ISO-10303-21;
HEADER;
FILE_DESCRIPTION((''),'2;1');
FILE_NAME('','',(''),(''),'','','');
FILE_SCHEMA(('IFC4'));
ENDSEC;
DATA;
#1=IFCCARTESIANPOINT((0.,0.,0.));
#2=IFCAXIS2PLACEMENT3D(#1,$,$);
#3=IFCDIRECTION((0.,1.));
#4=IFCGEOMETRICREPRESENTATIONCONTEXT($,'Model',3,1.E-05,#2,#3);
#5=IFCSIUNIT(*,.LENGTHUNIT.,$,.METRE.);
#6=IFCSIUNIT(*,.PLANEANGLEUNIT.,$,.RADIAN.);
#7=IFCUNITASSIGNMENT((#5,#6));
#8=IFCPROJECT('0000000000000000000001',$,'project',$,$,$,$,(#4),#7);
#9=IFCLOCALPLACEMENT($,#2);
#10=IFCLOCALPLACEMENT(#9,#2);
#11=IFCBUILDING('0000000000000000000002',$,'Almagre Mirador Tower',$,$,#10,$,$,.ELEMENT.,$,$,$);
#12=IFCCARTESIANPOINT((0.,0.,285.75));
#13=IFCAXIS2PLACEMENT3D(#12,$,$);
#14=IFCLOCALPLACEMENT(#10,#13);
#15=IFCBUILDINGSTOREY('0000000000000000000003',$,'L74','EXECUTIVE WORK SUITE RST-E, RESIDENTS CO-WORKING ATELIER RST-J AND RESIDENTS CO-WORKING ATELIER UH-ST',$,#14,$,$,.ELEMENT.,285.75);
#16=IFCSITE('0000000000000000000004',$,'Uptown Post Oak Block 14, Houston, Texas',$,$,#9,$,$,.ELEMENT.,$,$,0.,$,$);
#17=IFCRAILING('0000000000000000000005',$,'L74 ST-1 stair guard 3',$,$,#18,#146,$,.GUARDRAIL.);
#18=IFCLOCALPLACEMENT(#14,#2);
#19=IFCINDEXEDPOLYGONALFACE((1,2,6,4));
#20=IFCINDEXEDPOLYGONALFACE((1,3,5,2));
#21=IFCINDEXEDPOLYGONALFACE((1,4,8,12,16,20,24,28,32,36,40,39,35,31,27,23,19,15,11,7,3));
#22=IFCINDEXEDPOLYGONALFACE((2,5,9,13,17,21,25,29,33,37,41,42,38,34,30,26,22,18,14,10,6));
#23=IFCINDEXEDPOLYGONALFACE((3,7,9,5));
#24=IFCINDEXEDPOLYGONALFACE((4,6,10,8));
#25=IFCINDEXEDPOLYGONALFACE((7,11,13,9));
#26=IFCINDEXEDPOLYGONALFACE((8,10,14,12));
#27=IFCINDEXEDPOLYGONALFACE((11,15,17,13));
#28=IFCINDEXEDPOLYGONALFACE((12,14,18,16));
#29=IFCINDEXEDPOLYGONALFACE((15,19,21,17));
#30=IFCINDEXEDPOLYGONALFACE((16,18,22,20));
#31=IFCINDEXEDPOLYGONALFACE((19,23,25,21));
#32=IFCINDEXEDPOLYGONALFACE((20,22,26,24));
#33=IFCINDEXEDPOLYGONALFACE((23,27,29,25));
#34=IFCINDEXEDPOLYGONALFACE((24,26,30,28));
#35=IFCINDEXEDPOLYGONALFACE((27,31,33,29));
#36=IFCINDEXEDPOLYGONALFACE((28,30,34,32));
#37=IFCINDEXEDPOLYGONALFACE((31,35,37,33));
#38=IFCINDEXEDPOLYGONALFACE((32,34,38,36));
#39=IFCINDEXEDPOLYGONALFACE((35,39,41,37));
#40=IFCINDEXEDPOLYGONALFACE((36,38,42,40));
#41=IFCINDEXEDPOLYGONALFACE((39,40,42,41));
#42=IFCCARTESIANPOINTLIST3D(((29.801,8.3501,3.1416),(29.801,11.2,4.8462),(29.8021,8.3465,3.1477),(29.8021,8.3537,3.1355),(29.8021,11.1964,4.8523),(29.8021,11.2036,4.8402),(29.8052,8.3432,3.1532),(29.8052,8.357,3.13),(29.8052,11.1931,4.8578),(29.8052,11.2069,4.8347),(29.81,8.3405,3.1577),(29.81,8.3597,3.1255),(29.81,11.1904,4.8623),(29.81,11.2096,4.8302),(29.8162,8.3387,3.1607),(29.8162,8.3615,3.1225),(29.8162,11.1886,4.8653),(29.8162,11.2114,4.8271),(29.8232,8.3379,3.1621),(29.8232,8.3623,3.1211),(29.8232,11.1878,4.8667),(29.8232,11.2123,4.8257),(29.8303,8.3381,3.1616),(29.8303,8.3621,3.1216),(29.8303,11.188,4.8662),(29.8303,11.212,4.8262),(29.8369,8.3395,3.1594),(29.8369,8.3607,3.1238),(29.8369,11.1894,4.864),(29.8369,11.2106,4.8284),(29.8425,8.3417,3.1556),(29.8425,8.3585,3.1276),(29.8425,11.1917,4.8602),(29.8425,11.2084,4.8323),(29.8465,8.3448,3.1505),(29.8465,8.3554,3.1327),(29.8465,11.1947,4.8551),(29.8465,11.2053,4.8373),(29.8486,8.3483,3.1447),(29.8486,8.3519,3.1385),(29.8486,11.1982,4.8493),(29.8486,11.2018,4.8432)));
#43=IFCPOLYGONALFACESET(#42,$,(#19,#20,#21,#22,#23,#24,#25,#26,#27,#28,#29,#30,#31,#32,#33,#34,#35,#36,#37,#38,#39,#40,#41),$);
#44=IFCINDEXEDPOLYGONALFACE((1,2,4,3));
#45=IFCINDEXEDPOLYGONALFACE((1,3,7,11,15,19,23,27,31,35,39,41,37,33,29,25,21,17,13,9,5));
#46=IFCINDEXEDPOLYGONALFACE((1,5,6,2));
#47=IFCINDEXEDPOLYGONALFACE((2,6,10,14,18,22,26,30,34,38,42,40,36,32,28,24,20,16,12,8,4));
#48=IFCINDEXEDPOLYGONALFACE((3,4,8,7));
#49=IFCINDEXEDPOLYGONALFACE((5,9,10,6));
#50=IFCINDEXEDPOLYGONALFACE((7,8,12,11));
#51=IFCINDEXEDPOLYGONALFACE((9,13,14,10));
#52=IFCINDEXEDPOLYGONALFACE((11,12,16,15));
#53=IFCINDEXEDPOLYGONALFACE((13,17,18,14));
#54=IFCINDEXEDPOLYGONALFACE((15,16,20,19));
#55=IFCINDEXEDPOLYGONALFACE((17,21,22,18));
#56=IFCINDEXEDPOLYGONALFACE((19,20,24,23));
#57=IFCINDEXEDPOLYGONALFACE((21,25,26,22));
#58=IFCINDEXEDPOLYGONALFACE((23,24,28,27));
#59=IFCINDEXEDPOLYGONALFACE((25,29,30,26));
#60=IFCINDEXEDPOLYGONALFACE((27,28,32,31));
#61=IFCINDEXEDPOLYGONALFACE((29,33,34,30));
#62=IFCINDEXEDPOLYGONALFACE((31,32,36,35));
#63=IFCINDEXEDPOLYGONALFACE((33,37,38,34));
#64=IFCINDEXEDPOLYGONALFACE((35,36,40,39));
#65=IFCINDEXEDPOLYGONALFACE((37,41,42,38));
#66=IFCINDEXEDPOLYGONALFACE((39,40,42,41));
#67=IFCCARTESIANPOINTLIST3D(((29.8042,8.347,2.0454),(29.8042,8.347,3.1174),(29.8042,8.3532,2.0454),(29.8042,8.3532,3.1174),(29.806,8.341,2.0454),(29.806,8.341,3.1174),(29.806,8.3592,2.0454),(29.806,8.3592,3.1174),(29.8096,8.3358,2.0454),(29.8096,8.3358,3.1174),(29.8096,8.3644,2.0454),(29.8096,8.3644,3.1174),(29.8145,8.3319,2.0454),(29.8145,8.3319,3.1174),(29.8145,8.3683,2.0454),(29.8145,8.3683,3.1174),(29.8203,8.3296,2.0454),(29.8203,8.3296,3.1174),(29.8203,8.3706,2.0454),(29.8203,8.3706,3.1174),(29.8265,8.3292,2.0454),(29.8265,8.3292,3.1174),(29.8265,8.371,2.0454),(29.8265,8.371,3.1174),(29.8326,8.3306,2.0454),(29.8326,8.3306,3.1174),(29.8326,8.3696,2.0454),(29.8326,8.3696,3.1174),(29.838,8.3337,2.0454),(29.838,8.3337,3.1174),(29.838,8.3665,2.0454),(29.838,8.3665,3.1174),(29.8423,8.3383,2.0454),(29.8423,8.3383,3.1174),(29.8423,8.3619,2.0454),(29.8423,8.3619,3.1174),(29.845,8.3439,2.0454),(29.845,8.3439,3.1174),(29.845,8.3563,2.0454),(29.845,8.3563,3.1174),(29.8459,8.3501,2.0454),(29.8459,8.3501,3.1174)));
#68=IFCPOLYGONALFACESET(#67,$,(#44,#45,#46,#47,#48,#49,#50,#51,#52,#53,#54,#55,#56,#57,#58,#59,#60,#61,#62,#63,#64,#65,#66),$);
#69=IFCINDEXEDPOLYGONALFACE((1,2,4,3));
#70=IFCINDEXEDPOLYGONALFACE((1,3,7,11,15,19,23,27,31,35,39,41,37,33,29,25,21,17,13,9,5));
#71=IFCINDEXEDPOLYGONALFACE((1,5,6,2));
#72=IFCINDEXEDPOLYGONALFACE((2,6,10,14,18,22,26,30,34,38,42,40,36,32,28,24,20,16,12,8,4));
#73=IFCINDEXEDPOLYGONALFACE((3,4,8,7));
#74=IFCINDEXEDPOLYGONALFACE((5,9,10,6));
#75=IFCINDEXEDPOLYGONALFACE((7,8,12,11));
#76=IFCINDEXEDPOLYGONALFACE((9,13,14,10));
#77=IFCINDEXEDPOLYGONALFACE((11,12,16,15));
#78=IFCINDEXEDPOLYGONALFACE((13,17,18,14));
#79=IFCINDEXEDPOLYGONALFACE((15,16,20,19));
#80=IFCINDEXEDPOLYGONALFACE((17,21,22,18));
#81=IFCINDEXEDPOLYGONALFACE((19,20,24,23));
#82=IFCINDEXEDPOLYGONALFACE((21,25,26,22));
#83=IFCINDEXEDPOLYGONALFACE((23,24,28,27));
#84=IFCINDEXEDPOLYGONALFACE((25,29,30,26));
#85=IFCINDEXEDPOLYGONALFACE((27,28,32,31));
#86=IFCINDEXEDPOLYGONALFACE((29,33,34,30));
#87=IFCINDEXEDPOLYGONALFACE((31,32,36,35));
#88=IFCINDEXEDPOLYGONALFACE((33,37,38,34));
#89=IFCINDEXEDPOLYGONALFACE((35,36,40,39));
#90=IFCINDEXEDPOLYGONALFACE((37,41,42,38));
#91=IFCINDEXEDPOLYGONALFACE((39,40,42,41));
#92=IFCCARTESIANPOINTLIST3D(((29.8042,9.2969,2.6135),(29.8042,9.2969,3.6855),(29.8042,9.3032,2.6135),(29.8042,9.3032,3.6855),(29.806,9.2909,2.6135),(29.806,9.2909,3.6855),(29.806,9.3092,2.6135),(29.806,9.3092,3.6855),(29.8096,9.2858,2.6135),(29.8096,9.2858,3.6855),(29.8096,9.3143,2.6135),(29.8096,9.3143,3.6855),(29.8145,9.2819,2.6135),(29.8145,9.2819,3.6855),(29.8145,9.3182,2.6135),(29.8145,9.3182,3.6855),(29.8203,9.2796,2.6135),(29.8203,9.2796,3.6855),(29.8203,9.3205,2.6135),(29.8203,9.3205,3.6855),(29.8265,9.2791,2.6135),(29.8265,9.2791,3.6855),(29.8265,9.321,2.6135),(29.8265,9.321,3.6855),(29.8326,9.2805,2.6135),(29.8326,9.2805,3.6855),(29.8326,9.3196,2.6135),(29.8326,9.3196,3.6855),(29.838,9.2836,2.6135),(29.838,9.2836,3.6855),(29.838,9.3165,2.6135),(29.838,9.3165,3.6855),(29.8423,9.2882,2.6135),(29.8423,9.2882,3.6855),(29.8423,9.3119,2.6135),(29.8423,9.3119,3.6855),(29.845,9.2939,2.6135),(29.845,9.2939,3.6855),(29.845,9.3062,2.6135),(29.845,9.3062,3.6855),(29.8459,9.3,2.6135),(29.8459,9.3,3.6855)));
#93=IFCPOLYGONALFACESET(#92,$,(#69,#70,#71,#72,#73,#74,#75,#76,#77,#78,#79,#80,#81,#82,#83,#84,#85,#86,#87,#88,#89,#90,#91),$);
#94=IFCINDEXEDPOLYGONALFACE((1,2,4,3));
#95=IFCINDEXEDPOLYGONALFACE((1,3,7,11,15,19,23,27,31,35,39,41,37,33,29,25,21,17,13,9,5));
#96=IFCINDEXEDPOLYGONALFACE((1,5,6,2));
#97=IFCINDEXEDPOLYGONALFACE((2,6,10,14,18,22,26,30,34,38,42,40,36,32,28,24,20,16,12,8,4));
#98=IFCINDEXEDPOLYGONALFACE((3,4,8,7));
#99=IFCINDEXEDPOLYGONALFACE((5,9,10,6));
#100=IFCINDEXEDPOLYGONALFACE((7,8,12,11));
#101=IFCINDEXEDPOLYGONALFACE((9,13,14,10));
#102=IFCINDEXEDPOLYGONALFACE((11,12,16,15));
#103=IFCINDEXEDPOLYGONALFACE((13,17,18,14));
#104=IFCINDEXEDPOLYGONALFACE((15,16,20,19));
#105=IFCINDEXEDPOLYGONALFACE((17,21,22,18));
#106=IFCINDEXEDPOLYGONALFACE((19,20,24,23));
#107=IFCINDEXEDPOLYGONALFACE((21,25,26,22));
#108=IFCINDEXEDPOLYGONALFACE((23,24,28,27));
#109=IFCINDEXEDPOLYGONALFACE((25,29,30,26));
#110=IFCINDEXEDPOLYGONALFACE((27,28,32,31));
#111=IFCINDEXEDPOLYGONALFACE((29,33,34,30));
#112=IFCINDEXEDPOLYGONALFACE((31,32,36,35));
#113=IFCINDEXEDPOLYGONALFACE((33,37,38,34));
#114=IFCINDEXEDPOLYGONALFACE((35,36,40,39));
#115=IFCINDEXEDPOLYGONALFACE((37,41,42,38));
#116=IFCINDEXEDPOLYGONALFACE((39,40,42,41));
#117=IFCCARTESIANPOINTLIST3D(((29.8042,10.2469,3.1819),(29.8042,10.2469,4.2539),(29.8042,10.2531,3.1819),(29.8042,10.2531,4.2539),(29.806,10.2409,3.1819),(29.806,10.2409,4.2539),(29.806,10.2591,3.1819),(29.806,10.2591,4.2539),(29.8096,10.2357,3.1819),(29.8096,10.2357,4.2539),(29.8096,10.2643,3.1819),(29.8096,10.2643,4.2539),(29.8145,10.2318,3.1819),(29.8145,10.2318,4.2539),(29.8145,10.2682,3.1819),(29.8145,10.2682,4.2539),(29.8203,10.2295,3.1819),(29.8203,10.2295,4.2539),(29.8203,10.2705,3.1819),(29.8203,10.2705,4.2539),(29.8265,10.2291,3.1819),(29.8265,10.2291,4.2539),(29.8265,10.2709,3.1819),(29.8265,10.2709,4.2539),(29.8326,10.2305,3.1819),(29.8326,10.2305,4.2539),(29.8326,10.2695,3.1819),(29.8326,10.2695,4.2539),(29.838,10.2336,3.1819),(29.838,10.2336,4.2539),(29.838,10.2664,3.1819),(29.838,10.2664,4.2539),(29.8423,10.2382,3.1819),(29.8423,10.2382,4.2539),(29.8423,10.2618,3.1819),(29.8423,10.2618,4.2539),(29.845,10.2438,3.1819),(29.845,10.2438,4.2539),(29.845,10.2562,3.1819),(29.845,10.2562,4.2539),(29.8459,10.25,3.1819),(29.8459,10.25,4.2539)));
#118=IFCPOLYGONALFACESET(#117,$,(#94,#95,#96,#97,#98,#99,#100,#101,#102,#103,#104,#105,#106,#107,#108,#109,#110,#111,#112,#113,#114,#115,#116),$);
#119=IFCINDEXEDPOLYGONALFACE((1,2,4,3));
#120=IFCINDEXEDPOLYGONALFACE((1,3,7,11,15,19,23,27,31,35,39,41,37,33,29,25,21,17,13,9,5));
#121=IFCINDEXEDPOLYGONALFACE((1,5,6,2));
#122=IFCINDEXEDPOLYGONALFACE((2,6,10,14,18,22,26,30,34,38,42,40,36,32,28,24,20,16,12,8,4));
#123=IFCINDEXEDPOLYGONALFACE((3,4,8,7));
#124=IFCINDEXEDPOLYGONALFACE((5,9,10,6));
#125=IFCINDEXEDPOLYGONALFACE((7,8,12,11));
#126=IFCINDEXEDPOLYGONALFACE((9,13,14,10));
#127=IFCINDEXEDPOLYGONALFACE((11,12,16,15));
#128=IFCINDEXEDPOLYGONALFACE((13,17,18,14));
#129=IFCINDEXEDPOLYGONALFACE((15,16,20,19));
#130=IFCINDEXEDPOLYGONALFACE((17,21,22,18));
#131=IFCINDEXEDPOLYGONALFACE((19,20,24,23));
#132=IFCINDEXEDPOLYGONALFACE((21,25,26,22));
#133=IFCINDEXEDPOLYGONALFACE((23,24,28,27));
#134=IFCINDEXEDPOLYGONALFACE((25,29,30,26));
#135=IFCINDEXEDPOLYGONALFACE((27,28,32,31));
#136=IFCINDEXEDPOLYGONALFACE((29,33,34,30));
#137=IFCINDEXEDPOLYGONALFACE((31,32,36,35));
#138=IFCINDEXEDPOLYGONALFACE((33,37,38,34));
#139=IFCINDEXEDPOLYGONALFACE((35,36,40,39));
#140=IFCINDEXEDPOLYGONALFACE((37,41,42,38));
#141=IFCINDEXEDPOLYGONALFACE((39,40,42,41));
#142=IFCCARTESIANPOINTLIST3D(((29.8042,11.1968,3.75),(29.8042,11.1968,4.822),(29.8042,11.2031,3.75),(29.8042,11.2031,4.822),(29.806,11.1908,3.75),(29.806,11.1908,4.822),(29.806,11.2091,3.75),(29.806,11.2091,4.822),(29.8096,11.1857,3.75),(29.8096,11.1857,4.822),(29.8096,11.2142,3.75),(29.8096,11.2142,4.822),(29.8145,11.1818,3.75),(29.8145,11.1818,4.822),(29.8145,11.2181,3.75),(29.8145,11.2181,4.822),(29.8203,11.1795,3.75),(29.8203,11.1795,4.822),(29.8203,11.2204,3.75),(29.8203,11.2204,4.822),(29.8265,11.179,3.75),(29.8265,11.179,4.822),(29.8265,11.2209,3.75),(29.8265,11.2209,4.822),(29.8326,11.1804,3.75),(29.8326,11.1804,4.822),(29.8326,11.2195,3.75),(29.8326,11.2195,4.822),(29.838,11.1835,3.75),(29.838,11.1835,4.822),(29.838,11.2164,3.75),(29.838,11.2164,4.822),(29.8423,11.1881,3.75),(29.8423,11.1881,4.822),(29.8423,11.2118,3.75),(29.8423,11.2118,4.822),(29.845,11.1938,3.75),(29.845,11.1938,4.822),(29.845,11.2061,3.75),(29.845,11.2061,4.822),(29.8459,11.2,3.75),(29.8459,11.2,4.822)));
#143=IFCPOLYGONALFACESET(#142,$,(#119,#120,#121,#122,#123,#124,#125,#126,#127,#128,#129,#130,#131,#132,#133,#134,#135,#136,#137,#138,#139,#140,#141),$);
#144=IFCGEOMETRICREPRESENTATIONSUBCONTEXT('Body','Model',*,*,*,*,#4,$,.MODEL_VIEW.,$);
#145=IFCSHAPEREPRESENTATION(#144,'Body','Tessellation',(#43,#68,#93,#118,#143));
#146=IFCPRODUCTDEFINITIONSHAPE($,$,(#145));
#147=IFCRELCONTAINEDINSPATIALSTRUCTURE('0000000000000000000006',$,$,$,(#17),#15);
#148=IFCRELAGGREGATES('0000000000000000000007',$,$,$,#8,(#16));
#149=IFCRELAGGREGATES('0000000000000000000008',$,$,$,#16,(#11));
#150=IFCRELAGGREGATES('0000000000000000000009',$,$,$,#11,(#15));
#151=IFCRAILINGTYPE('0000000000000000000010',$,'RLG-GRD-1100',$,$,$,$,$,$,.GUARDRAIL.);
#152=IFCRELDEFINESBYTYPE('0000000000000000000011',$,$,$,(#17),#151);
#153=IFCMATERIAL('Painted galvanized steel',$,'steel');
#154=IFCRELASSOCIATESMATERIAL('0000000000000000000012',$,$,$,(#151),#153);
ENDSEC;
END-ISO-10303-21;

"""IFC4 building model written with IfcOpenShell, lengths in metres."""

from ifc_helpers import new_model, si_unit, direction, frame, origin, origin_2d, place, context, subcontext, project, spatial, circle, extrude, material, type_object, element, save


model = new_model("IFC4")

# Units and contexts
model_context = context("Model", 3, precision=1e-05, world=origin(), true_north=direction((0.0, 1.0)))
body_context = subcontext(model_context, "Body", "Model", "MODEL_VIEW")
ifc_project = project(units=[si_unit("LENGTHUNIT", "METRE"), si_unit("PLANEANGLEUNIT", "RADIAN")], contexts=[model_context])

# Site, building, storey
site_placement = place(None, origin())
site = spatial("IfcSite", under=ifc_project, at=site_placement, Name="Uptown Post Oak Block 14, Houston, Texas", CompositionType="ELEMENT", RefElevation=0.0)
building_placement = place(site_placement, origin())
building = spatial("IfcBuilding", under=site, at=building_placement, Name="Almagre Mirador Tower", CompositionType="ELEMENT")
storey_placement = place(building_placement, frame((0.0, 0.0, 285.75)))
storey = spatial("IfcBuildingStorey", under=building, at=storey_placement, Name="L74", Description="EXECUTIVE WORK SUITE RST-E, RESIDENTS CO-WORKING ATELIER RST-J AND RESIDENTS CO-WORKING ATELIER UH-ST", CompositionType="ELEMENT", Elevation=285.75)

# Railing
ifc_material_1 = material(Name="Painted galvanized steel", Category="steel")
railing_type_1 = type_object("IfcRailingType", Name="RLG-GRD-1100", PredefinedType="GUARDRAIL", material=ifc_material_1)
railing_1_placement = place(storey_placement, frame((29.825, 8.3501, 2.0454)))
element("IfcRailing", 1, at=railing_1_placement, inside=storey, type_object=railing_type_1, Name="L74 ST-1 stair guard 3", PredefinedType="GUARDRAIL", context=body_context, shape_type="SweptSolid", body=[
    extrude(circle(Radius=0.0239, at=origin_2d()), frame((0.0, 0.0, 1.0962), z_axis=(0.0, 0.858199, 0.513317), x_axis=(-1.0, 0.0, 0.0)), (0.0, 0.0, 1.0), 3.3208),
    extrude(circle(Radius=0.021, at=origin_2d()), origin(), (0.0, 0.0, 1.0), 1.072),
    extrude(circle(Radius=0.021, at=origin_2d()), frame((0.0, 0.95, 0.5681)), (0.0, 0.0, 1.0), 1.072),
    extrude(circle(Radius=0.021, at=origin_2d()), frame((0.0, 1.8999, 1.1365)), (0.0, 0.0, 1.0), 1.072),
    extrude(circle(Radius=0.021, at=origin_2d()), frame((0.0, 2.8499, 1.7046)), (0.0, 0.0, 1.0), 1.072),
])

save(model, "model.ifc")
